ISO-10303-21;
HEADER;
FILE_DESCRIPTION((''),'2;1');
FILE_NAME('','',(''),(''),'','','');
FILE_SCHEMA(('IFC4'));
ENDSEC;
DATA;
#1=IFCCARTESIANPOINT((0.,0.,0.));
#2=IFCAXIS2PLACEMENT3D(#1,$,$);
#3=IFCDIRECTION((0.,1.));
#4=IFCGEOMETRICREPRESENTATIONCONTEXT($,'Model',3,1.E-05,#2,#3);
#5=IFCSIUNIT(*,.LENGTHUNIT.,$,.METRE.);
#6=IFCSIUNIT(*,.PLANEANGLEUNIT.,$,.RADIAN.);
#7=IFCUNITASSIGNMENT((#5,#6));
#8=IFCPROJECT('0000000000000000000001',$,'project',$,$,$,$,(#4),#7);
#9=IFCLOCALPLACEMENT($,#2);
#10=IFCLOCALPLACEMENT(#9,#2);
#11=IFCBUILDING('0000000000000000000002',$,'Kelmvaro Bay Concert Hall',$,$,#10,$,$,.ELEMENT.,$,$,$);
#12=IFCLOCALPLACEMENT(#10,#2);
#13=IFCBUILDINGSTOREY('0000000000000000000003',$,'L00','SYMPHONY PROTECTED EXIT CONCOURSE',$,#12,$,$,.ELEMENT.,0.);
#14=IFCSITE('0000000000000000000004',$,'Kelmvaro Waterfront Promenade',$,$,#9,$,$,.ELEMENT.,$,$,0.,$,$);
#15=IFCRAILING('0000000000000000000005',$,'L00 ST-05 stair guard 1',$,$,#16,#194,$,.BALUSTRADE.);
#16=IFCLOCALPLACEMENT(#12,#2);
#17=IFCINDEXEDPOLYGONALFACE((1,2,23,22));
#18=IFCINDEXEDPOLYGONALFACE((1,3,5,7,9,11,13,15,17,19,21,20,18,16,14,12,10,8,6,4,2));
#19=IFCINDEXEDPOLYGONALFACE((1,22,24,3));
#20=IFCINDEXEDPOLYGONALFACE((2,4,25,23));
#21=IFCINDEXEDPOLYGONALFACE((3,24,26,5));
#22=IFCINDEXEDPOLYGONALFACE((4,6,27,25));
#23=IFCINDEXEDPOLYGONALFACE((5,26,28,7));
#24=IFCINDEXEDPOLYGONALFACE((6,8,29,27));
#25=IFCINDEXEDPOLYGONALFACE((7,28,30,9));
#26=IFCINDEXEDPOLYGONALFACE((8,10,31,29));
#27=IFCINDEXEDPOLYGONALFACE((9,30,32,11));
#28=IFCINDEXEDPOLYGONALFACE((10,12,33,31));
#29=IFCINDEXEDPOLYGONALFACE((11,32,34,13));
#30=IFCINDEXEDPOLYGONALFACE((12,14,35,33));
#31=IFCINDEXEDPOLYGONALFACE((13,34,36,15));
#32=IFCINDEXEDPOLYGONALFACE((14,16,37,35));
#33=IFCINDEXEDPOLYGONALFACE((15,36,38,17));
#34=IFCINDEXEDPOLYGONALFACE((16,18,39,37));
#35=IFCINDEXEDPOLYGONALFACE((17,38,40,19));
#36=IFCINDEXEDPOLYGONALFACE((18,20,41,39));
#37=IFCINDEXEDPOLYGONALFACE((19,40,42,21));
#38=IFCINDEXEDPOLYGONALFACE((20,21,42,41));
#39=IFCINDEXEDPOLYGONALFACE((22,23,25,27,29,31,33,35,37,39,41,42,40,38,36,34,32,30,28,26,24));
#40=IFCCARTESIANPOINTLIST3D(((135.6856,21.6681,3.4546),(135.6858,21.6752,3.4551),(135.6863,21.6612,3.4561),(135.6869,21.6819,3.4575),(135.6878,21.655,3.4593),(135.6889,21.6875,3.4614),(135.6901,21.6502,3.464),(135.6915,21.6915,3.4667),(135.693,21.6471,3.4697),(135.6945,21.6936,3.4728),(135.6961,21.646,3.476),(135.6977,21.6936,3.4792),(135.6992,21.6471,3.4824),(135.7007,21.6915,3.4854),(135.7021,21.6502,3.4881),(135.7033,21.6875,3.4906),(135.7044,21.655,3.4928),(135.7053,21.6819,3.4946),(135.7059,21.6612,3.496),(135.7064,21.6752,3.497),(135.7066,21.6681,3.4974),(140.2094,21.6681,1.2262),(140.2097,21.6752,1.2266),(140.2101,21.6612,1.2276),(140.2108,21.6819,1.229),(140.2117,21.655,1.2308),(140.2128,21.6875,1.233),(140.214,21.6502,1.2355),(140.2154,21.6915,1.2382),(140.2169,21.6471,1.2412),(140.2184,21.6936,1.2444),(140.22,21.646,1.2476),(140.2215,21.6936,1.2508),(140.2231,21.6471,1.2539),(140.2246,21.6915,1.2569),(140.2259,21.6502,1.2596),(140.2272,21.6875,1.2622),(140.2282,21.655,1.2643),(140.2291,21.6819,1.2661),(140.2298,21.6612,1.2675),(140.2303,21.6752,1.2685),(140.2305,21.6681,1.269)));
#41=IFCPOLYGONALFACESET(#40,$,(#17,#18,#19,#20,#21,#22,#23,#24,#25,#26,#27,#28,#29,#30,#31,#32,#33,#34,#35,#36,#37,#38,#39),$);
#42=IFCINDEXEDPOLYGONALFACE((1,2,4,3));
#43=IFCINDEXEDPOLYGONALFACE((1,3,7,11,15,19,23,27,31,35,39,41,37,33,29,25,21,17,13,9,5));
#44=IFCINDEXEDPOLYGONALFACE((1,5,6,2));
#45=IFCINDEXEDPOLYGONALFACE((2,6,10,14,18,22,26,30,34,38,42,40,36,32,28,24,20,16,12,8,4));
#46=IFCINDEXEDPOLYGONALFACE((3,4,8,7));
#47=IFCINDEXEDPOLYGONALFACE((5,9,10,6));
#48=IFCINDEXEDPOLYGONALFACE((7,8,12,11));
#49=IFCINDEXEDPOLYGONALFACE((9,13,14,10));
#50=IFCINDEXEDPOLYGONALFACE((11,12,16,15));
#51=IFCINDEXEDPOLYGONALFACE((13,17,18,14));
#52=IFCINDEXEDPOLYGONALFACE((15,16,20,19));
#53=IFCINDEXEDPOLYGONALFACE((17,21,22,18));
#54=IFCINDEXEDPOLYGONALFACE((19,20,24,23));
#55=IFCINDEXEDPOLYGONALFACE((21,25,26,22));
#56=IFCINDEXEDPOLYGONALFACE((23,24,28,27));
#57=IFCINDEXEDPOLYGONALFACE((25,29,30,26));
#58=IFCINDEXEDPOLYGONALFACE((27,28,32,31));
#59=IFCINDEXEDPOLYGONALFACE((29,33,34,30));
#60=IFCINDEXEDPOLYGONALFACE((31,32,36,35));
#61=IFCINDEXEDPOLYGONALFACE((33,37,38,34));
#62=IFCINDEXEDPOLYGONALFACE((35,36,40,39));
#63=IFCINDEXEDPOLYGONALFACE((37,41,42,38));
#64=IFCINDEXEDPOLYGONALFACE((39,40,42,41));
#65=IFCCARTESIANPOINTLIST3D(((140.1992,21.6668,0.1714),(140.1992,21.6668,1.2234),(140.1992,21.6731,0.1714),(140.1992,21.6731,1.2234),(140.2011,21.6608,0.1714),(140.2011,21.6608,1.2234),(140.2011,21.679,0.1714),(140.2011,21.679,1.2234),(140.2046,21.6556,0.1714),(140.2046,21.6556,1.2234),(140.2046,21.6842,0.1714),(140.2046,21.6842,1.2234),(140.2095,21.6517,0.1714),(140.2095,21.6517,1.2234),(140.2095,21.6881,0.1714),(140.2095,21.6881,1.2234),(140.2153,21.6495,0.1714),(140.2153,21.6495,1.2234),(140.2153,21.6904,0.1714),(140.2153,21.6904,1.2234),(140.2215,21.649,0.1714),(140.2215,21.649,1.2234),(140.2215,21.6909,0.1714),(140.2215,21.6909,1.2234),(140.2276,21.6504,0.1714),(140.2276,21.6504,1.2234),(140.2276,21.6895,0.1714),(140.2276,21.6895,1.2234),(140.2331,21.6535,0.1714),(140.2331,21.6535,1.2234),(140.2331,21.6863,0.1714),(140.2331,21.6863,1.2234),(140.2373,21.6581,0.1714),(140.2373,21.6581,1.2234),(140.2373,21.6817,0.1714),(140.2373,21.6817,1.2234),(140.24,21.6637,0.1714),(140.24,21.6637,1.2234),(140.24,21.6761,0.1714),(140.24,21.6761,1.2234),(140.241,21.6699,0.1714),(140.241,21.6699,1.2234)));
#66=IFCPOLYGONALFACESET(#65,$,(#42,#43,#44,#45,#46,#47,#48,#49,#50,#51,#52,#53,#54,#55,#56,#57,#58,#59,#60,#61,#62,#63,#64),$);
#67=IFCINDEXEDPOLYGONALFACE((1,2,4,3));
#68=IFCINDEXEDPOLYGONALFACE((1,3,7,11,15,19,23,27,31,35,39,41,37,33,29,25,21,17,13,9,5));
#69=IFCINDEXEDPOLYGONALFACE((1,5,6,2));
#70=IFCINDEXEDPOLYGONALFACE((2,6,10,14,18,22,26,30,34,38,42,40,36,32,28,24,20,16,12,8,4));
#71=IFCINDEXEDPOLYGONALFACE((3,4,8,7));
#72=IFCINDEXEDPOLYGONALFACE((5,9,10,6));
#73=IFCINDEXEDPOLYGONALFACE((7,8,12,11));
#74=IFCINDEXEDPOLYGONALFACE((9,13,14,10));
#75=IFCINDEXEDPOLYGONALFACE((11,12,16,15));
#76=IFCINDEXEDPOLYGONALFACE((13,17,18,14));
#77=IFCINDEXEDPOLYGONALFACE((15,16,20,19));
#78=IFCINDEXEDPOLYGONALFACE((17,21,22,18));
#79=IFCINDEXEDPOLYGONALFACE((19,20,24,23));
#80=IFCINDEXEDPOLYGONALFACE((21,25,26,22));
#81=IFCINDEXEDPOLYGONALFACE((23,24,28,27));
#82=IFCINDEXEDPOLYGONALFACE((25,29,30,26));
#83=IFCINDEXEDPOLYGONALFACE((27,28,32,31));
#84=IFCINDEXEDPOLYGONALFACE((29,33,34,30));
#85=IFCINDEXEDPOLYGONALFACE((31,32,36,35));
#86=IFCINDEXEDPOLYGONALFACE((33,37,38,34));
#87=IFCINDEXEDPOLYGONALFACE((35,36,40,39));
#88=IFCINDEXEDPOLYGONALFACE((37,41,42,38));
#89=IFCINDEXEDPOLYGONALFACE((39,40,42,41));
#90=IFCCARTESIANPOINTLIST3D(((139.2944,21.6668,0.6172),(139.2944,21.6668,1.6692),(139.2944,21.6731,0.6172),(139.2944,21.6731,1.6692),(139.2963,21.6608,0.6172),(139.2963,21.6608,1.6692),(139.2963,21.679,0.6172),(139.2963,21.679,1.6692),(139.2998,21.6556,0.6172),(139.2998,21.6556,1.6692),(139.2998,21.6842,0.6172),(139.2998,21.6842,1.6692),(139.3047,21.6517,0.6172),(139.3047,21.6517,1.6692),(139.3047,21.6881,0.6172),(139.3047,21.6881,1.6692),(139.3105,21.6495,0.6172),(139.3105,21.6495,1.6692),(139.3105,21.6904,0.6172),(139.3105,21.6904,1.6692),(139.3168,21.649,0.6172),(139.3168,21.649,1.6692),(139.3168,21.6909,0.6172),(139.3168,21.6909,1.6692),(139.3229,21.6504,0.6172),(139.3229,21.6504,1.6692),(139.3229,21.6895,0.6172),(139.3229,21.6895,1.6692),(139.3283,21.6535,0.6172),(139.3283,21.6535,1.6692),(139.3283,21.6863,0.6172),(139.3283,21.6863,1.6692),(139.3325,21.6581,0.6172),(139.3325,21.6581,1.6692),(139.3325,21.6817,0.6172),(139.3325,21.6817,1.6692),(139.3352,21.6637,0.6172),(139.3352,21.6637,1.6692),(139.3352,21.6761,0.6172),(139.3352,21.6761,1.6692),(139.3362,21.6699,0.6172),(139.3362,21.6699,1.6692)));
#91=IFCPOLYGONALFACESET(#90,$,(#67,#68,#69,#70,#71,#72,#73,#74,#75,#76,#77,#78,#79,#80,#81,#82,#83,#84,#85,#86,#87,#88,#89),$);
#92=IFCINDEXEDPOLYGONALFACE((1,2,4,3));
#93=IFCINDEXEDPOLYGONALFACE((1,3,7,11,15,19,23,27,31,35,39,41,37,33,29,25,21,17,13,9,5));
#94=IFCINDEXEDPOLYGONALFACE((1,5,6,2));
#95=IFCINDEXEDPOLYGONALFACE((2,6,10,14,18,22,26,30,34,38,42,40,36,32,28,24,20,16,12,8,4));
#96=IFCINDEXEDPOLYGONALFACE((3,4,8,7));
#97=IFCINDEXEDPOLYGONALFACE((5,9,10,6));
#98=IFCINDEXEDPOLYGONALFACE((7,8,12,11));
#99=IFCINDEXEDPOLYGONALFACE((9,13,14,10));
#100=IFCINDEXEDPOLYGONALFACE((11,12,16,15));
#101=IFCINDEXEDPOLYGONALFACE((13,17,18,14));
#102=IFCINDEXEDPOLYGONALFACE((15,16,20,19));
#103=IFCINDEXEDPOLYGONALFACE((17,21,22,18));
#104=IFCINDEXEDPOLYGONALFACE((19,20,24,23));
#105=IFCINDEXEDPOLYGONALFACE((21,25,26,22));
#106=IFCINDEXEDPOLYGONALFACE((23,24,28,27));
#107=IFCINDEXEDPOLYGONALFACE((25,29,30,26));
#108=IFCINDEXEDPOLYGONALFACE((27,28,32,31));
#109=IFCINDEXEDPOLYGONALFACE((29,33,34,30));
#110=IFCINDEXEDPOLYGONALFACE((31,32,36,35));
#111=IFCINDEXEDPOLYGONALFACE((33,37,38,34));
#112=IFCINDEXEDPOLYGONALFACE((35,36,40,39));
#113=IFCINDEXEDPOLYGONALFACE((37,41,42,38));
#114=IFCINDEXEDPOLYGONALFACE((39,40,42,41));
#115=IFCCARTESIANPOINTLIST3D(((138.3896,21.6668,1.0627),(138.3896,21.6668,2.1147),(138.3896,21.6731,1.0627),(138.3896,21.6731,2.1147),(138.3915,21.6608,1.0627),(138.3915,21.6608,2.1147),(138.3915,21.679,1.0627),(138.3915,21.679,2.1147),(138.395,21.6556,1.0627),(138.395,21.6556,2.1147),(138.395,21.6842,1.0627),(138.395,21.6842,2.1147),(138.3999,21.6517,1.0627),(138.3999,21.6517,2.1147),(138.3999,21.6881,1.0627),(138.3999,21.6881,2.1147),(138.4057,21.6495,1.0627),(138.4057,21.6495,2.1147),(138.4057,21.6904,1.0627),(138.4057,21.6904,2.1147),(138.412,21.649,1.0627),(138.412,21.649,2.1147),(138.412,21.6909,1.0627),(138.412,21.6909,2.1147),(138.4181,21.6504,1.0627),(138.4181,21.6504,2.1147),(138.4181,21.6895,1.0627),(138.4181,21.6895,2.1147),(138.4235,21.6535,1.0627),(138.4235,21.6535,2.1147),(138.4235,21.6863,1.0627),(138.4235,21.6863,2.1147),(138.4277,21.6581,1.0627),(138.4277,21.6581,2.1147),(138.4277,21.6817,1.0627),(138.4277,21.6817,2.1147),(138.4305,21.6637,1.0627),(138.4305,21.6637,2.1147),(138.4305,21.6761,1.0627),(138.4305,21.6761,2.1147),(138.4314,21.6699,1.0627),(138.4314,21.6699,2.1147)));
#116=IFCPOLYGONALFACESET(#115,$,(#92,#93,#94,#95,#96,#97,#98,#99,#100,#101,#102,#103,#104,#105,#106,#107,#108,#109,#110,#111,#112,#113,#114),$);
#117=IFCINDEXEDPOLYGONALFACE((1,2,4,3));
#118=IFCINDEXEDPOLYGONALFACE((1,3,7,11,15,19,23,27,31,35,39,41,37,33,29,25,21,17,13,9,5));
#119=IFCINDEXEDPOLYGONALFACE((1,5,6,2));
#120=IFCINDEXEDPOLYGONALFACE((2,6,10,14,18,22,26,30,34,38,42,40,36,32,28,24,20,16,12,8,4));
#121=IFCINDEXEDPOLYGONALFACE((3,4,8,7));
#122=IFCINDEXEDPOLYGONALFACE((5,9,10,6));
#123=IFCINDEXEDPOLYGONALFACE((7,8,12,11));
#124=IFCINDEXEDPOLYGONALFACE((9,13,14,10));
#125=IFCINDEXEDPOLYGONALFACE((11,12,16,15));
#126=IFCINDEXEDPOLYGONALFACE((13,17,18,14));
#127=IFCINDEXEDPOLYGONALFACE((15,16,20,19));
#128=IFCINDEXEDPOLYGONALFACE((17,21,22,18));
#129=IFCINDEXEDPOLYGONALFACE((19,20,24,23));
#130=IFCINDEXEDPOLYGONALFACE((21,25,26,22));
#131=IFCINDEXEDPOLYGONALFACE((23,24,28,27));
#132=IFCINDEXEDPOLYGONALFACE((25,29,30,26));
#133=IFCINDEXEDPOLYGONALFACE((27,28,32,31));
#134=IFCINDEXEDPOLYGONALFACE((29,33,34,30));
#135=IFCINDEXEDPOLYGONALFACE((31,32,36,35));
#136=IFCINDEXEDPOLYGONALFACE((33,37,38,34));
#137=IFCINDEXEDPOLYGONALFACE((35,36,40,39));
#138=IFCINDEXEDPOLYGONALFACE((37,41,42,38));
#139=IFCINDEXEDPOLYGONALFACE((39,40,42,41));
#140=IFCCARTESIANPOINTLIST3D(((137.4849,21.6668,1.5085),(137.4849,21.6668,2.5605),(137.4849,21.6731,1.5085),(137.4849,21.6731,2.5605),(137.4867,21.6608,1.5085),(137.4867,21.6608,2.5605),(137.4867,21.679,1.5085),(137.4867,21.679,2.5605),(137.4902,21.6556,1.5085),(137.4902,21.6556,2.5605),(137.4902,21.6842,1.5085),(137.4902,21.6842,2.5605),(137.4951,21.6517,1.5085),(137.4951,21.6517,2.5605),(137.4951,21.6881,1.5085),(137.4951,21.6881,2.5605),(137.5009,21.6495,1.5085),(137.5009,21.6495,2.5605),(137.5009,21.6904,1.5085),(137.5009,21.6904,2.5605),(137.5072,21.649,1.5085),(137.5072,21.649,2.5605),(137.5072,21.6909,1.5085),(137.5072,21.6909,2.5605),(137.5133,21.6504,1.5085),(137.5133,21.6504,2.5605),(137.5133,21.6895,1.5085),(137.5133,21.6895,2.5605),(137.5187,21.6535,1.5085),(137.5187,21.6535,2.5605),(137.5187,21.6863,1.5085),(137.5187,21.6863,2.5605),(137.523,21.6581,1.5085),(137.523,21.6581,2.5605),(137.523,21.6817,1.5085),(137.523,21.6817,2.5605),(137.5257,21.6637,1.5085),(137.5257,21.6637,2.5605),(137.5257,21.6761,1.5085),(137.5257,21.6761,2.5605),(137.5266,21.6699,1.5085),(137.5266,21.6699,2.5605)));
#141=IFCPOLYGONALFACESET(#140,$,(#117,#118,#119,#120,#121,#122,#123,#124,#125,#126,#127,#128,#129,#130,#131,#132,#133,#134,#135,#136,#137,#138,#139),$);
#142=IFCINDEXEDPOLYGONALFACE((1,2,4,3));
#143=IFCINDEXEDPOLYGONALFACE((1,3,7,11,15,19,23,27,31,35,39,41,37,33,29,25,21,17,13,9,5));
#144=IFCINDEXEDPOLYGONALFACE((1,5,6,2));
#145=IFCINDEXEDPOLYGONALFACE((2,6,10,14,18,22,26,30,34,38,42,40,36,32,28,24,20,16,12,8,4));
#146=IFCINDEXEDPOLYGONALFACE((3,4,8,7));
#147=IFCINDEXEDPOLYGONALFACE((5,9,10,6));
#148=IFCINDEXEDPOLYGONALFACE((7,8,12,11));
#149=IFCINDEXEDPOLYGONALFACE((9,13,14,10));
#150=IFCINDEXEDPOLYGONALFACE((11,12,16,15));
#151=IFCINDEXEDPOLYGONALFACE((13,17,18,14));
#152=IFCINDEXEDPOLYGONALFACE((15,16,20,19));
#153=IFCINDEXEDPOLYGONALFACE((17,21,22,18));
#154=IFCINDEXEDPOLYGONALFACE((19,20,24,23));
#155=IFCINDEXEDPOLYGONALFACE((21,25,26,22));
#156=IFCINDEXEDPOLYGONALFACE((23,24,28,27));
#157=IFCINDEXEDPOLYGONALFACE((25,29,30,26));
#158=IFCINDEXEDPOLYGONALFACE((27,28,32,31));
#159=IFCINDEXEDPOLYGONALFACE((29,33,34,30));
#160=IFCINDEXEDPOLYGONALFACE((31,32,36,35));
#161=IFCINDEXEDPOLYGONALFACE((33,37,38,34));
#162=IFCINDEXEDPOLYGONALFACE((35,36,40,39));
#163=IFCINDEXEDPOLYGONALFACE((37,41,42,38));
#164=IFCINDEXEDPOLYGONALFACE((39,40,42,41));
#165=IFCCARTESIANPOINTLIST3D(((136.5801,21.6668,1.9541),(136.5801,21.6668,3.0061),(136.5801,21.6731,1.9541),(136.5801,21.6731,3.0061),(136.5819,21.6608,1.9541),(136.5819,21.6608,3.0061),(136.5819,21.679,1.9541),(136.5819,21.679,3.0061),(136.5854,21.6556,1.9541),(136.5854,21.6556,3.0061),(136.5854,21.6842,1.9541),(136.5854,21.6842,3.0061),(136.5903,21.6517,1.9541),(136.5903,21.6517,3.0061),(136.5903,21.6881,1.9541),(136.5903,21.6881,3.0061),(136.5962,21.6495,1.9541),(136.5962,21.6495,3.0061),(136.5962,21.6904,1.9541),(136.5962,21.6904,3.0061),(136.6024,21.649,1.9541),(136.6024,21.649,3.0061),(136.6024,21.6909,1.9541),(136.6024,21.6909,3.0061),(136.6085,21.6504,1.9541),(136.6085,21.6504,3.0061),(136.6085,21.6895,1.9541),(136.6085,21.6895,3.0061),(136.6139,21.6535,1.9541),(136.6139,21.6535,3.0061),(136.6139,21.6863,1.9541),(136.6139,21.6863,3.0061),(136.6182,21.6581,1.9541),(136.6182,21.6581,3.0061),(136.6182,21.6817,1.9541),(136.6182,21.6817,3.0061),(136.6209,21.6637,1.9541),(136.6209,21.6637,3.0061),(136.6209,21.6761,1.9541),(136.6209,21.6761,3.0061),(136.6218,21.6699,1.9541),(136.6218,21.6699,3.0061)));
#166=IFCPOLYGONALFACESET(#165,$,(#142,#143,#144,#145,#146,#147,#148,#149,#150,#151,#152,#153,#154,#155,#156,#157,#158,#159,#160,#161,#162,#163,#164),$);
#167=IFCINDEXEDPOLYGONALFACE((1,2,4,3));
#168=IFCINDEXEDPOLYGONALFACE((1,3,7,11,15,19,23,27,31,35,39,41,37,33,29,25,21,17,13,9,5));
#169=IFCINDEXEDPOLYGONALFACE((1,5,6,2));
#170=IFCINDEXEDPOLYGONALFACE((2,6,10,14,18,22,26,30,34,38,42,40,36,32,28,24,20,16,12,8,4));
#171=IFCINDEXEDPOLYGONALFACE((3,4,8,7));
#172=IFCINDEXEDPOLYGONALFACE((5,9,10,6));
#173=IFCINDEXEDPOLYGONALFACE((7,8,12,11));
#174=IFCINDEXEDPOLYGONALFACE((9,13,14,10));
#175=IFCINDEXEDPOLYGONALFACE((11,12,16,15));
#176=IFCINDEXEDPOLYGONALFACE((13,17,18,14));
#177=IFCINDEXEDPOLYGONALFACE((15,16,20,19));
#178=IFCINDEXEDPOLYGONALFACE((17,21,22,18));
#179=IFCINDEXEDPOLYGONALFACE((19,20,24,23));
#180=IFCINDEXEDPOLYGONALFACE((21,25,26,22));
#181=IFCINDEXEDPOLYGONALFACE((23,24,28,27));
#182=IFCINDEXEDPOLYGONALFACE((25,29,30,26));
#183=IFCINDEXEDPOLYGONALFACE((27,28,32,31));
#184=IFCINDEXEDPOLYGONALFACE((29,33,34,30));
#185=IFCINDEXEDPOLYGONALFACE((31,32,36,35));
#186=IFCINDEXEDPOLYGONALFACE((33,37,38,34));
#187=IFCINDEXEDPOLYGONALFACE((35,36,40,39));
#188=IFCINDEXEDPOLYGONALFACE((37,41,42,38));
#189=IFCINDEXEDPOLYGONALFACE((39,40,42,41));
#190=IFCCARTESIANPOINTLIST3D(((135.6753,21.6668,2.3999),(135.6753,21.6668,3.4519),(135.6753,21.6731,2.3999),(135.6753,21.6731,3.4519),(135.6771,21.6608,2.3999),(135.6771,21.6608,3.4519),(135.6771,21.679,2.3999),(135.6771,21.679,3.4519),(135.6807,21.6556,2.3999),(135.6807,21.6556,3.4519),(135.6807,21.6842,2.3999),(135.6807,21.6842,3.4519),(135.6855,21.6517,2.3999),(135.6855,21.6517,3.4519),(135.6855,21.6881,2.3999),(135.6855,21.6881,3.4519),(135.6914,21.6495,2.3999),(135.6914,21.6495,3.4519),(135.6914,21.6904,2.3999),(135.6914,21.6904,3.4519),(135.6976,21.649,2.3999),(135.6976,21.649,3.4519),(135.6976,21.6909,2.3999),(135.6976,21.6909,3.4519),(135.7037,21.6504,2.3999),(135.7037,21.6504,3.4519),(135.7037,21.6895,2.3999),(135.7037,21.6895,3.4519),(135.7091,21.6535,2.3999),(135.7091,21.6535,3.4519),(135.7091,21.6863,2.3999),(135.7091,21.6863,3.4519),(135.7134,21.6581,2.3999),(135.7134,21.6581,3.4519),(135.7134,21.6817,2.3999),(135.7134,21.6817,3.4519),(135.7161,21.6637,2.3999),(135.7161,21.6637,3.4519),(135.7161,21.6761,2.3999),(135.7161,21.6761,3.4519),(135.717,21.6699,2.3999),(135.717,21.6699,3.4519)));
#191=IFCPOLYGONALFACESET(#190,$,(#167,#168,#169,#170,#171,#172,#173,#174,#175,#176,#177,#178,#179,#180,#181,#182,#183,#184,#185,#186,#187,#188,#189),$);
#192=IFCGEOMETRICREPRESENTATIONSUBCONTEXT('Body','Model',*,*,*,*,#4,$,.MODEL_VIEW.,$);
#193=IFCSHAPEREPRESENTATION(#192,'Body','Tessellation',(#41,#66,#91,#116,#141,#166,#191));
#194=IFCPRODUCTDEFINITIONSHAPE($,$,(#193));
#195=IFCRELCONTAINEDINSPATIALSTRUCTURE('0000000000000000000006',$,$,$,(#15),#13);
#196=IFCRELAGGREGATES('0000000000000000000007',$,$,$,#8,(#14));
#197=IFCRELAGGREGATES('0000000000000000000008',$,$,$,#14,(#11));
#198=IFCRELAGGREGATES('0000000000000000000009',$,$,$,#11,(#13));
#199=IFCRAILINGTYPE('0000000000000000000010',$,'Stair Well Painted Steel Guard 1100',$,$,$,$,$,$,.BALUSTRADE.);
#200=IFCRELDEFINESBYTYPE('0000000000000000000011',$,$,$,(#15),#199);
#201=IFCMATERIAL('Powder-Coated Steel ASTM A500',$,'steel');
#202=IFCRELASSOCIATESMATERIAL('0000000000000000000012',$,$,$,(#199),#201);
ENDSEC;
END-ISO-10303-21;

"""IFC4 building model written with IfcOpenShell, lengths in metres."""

from ifc_helpers import new_model, si_unit, direction, frame, origin, origin_2d, place, context, subcontext, project, spatial, circle, extrude, material, type_object, element, save


model = new_model("IFC4")

# Units and contexts
model_context = context("Model", 3, precision=1e-05, world=origin(), true_north=direction((0.0, 1.0)))
body_context = subcontext(model_context, "Body", "Model", "MODEL_VIEW")
ifc_project = project(units=[si_unit("LENGTHUNIT", "METRE"), si_unit("PLANEANGLEUNIT", "RADIAN")], contexts=[model_context])

# Site, building, storey
site_placement = place(None, origin())
site = spatial("IfcSite", under=ifc_project, at=site_placement, Name="Kelmvaro Waterfront Promenade", CompositionType="ELEMENT", RefElevation=0.0)
building_placement = place(site_placement, origin())
building = spatial("IfcBuilding", under=site, at=building_placement, Name="Kelmvaro Bay Concert Hall", CompositionType="ELEMENT")
storey_placement = place(building_placement, origin())
storey = spatial("IfcBuildingStorey", under=building, at=storey_placement, Name="L00", Description="SYMPHONY PROTECTED EXIT CONCOURSE", CompositionType="ELEMENT", Elevation=0.0)

# Railing
ifc_material_1 = material(Name="Powder-Coated Steel ASTM A500", Category="steel")
railing_type_1 = type_object("IfcRailingType", Name="Stair Well Painted Steel Guard 1100", PredefinedType="BALUSTRADE", material=ifc_material_1)
railing_1_placement = place(storey_placement, frame((140.22, 21.6699, 0.1714)))
element("IfcRailing", 1, at=railing_1_placement, inside=storey, type_object=railing_type_1, Name="L00 ST-05 stair guard 1", PredefinedType="BALUSTRADE", context=body_context, shape_type="SweptSolid", body=[
    extrude(circle(Radius=0.0239, at=origin_2d()), frame((0.0, 0.0, 1.0762), z_axis=(-0.897064, 0.0, 0.4419), x_axis=(0.0, -1.0, 0.0)), (0.0, 0.0, 1.0), 5.043),
    extrude(circle(Radius=0.021, at=origin_2d()), origin(), (0.0, 0.0, 1.0), 1.052),
    extrude(circle(Radius=0.021, at=origin_2d()), frame((-0.9048, 0.0, 0.4458)), (0.0, 0.0, 1.0), 1.052),
    extrude(circle(Radius=0.021, at=origin_2d()), frame((-1.8096, 0.0, 0.8914)), (0.0, 0.0, 1.0), 1.052),
    extrude(circle(Radius=0.021, at=origin_2d()), frame((-2.7144, 0.0, 1.3372)), (0.0, 0.0, 1.0), 1.052),
    extrude(circle(Radius=0.021, at=origin_2d()), frame((-3.6191, 0.0, 1.7827)), (0.0, 0.0, 1.0), 1.052),
    extrude(circle(Radius=0.021, at=origin_2d()), frame((-4.5239, 0.0, 2.2285)), (0.0, 0.0, 1.0), 1.052),
])

save(model, "model.ifc")
